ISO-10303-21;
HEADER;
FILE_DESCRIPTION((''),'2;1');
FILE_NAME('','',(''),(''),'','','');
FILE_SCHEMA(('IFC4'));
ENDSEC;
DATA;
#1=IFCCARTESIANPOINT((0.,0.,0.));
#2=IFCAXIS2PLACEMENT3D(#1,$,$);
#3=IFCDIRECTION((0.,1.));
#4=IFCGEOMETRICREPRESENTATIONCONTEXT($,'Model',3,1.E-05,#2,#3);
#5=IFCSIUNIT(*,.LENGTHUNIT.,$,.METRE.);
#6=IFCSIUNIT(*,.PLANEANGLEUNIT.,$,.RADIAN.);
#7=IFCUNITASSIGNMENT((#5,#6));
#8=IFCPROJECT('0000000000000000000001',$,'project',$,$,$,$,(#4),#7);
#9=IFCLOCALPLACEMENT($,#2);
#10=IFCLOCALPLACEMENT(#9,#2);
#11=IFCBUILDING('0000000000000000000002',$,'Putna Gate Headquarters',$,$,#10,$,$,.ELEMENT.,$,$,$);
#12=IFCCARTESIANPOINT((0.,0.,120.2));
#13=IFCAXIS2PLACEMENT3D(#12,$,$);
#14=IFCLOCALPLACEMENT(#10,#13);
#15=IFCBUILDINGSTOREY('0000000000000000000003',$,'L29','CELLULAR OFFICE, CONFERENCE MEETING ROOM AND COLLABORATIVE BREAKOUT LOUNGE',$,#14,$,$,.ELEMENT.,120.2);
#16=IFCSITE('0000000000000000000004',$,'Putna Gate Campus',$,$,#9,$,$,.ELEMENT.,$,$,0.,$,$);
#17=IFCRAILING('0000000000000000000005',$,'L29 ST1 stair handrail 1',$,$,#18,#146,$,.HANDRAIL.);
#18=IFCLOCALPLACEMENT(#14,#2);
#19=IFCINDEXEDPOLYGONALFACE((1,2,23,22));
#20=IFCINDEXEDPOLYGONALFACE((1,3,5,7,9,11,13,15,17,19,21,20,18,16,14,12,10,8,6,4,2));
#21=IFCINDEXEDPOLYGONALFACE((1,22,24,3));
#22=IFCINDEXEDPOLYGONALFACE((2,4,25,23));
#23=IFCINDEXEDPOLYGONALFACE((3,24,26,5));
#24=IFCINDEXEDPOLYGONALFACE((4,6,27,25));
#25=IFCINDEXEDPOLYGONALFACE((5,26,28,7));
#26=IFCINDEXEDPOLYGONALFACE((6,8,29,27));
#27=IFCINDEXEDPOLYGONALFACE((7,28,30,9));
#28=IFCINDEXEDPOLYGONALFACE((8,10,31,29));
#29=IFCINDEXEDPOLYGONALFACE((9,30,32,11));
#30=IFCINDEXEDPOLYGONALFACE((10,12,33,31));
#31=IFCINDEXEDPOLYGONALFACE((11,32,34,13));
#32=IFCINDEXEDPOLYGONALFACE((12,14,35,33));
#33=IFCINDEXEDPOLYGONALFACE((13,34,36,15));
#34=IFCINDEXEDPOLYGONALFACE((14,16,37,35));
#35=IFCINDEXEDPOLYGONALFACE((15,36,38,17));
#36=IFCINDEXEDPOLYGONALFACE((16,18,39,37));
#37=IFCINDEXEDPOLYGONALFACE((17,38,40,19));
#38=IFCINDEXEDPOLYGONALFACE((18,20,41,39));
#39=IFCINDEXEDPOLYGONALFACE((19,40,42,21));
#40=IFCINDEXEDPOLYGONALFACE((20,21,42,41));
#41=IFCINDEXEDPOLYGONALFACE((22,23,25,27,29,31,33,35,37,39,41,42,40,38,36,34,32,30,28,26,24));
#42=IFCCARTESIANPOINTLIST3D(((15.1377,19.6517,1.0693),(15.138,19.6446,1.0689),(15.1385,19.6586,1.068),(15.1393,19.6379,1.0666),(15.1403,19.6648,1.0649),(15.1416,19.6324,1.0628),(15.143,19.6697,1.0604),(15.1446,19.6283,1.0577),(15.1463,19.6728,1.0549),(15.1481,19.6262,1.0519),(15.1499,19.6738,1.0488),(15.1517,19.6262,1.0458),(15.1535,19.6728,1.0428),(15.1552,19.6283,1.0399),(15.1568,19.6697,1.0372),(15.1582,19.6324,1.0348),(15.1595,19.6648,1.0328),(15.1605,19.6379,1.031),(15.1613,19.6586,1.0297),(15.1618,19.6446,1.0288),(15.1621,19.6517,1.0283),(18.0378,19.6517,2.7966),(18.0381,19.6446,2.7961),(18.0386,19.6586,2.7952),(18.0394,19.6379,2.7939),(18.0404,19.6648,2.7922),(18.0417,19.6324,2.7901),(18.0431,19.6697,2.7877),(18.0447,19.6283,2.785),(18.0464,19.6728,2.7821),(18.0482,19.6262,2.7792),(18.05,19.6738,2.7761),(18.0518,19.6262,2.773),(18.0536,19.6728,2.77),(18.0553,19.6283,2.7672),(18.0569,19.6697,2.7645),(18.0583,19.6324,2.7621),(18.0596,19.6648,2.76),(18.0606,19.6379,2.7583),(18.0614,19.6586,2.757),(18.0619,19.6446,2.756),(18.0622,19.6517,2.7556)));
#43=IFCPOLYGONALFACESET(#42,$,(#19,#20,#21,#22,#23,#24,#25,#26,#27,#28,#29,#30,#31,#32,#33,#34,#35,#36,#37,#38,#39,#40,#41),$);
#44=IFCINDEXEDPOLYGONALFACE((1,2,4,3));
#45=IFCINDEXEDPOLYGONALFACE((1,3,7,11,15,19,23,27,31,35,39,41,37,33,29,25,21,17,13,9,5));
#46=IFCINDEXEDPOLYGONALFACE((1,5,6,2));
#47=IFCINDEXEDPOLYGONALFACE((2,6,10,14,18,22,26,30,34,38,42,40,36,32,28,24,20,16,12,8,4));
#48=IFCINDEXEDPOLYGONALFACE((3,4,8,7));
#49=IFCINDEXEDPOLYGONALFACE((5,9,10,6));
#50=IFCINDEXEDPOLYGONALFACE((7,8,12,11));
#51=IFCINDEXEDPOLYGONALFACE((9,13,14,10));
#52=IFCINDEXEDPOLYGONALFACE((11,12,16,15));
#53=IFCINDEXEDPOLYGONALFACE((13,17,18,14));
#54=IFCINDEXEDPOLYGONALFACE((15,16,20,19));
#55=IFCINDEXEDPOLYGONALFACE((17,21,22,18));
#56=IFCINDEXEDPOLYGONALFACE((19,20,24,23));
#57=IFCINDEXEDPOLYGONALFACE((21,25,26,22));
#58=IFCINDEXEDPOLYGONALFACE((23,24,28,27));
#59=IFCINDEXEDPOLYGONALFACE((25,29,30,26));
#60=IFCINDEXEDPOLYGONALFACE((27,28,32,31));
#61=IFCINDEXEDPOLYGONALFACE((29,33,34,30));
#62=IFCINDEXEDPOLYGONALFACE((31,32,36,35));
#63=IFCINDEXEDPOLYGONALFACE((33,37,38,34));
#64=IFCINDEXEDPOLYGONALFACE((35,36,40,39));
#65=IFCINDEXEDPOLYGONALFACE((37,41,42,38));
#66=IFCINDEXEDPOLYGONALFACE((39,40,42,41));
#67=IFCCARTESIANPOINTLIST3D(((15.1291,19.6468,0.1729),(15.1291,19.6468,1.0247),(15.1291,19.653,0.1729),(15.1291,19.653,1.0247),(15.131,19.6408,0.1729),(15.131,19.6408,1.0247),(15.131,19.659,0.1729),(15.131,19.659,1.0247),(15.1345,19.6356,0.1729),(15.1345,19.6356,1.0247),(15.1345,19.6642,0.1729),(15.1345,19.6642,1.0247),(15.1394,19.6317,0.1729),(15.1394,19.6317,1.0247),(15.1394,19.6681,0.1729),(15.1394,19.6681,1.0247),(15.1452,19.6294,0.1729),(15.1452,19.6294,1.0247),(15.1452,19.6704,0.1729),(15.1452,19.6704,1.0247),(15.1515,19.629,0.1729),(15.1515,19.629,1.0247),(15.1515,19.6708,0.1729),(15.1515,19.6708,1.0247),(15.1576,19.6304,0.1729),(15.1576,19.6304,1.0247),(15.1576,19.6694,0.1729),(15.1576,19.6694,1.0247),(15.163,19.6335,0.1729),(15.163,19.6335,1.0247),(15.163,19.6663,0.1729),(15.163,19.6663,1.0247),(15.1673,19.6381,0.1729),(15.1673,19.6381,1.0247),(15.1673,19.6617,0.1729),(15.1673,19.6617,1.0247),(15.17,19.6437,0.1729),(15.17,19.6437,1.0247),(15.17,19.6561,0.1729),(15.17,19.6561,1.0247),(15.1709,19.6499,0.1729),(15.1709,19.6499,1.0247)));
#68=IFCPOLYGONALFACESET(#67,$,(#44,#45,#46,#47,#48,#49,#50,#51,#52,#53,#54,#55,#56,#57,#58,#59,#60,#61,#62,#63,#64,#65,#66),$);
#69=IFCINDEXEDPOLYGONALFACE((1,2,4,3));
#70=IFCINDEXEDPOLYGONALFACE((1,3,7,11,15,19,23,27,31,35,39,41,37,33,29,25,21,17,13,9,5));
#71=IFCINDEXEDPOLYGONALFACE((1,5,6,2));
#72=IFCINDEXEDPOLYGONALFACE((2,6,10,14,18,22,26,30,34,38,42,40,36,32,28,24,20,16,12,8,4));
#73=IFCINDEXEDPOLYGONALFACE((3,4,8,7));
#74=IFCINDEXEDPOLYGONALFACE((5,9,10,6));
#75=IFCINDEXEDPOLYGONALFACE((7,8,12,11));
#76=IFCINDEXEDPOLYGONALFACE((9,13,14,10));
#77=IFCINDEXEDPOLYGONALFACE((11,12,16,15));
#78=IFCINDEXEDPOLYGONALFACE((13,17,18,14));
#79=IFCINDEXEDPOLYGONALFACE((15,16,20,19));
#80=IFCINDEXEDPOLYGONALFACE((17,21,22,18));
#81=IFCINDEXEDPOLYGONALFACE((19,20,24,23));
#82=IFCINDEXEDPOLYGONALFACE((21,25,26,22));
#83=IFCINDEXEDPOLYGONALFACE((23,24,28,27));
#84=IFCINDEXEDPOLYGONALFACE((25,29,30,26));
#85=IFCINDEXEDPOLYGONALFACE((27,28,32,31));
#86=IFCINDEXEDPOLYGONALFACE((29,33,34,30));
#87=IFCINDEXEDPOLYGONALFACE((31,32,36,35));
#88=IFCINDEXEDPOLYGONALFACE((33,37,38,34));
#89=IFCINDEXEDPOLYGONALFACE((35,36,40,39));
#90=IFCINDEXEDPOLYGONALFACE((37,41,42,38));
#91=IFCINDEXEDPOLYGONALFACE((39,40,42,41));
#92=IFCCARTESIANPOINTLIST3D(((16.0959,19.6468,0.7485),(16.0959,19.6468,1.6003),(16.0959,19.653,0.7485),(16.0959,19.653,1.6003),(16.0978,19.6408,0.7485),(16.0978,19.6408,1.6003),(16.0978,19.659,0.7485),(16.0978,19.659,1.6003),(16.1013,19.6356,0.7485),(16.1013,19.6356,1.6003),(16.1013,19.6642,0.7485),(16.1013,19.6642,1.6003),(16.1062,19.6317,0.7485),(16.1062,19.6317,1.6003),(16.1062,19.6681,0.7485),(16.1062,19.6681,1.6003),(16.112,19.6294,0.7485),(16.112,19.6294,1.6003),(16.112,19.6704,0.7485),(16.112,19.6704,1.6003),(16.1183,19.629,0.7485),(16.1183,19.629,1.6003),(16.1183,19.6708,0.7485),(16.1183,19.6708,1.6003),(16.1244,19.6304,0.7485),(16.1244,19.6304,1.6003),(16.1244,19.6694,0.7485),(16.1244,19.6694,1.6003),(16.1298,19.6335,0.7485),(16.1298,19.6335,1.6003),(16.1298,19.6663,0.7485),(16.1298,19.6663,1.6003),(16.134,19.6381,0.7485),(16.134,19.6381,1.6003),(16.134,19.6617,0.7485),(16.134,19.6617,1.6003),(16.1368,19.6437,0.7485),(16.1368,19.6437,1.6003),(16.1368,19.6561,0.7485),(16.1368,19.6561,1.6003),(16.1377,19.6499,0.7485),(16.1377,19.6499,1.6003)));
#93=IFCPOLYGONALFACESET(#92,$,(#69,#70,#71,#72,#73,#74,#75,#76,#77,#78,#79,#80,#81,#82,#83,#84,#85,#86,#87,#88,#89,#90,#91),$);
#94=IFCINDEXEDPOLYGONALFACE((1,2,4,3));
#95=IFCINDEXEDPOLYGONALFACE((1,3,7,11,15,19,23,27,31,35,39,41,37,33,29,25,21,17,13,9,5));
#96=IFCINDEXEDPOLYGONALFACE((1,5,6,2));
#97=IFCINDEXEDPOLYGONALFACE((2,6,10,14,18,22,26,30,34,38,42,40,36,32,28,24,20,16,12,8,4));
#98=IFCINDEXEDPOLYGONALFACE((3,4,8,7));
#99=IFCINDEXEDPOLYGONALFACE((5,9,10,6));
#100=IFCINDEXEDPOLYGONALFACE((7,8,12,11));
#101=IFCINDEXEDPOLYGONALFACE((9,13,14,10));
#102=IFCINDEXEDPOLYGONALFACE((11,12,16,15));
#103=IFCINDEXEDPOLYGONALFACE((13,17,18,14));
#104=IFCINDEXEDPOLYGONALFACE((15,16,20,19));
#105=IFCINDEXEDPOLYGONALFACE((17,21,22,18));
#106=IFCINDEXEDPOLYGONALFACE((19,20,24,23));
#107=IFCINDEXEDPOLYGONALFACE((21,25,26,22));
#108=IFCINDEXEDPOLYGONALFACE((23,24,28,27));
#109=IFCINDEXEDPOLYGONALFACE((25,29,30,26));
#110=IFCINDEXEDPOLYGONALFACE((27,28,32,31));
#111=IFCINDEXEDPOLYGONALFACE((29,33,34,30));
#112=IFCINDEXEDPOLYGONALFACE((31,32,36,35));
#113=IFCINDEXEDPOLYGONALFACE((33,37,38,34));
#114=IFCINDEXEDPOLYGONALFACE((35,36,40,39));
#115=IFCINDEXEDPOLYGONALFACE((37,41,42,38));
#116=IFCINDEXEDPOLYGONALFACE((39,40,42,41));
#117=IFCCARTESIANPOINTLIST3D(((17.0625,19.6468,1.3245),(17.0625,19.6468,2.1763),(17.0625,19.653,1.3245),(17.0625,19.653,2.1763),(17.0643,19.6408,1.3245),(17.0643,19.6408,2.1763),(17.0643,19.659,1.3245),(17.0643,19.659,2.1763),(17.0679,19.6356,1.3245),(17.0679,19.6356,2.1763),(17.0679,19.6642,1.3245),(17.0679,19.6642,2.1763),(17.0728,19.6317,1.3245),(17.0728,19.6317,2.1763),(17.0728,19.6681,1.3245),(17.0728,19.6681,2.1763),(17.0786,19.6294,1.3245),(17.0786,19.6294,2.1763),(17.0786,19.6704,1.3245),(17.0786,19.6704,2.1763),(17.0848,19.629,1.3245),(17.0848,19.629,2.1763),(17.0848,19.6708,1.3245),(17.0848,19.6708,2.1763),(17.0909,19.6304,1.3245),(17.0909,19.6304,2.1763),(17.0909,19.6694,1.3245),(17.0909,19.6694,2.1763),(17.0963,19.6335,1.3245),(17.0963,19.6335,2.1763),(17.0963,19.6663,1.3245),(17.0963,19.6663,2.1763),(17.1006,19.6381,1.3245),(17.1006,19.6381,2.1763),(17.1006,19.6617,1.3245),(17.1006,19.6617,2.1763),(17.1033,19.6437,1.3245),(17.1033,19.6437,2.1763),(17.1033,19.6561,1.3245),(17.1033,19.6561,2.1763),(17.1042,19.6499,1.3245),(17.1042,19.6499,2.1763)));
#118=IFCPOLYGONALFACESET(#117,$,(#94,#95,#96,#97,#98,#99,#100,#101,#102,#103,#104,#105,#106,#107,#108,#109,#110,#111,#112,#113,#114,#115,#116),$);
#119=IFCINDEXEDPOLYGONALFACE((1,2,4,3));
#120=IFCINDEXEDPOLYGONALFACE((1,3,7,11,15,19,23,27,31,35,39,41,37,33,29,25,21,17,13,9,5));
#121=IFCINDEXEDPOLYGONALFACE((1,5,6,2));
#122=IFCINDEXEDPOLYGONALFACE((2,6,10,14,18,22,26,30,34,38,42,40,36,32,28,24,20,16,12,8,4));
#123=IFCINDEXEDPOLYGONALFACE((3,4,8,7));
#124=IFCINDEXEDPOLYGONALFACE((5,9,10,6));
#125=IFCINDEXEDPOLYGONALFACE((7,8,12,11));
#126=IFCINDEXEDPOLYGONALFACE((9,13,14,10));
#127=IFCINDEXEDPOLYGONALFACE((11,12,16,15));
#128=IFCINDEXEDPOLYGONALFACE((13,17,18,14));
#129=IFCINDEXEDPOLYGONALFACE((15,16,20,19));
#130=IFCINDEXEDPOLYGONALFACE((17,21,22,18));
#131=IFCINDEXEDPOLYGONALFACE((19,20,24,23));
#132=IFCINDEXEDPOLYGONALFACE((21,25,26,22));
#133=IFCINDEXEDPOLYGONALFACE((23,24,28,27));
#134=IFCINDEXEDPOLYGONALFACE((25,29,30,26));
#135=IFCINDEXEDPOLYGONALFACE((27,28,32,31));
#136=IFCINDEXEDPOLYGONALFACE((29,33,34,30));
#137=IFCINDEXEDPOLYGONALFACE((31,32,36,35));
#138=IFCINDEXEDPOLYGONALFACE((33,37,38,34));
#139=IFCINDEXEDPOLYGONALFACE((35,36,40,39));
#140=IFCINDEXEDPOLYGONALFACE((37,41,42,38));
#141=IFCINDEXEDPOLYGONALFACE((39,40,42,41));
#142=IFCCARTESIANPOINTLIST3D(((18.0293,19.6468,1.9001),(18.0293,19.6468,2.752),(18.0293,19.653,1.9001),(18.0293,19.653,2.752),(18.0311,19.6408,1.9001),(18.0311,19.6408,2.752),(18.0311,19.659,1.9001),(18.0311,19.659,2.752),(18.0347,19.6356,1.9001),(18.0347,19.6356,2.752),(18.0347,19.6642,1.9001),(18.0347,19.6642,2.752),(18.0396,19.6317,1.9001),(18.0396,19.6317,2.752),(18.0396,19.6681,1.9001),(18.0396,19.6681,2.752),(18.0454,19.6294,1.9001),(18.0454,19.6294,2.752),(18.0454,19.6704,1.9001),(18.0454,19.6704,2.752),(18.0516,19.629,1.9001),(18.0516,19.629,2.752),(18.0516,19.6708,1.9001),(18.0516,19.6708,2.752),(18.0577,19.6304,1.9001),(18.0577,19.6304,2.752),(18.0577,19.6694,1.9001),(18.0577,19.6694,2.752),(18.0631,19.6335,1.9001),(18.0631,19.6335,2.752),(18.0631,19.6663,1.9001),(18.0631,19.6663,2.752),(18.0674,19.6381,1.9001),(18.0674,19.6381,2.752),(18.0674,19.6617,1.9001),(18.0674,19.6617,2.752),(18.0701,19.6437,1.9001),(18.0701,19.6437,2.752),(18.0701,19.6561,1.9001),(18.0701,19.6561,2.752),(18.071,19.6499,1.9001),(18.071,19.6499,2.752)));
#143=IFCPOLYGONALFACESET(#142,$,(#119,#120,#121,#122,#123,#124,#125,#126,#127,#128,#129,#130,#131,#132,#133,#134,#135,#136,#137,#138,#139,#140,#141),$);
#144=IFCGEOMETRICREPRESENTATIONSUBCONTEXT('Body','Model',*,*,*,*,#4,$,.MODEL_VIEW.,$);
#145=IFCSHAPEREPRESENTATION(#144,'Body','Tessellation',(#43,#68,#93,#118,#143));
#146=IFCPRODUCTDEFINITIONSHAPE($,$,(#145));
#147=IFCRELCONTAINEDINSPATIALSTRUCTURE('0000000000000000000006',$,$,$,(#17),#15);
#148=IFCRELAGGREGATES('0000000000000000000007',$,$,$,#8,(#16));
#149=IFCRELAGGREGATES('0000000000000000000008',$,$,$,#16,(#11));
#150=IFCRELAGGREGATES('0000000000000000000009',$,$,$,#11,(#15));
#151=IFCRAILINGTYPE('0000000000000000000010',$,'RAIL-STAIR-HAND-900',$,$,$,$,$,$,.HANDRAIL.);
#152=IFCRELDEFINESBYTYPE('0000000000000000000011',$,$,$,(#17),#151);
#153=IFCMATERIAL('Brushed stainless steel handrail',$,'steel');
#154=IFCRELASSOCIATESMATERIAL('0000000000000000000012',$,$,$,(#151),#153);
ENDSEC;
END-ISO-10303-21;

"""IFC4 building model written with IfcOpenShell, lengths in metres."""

from ifc_helpers import new_model, si_unit, direction, frame, origin, origin_2d, place, context, subcontext, project, spatial, circle, extrude, material, type_object, element, save


model = new_model("IFC4")

# Units and contexts
model_context = context("Model", 3, precision=1e-05, world=origin(), true_north=direction((0.0, 1.0)))
body_context = subcontext(model_context, "Body", "Model", "MODEL_VIEW")
ifc_project = project(units=[si_unit("LENGTHUNIT", "METRE"), si_unit("PLANEANGLEUNIT", "RADIAN")], contexts=[model_context])

# Site, building, storey
site_placement = place(None, origin())
site = spatial("IfcSite", under=ifc_project, at=site_placement, Name="Putna Gate Campus", CompositionType="ELEMENT", RefElevation=0.0)
building_placement = place(site_placement, origin())
building = spatial("IfcBuilding", under=site, at=building_placement, Name="Putna Gate Headquarters", CompositionType="ELEMENT")
storey_placement = place(building_placement, frame((0.0, 0.0, 120.2)))
storey = spatial("IfcBuildingStorey", under=building, at=storey_placement, Name="L29", Description="CELLULAR OFFICE, CONFERENCE MEETING ROOM AND COLLABORATIVE BREAKOUT LOUNGE", CompositionType="ELEMENT", Elevation=120.2)

# Railing
ifc_material_1 = material(Name="Brushed stainless steel handrail", Category="steel")
railing_type_1 = type_object("IfcRailingType", Name="RAIL-STAIR-HAND-900", PredefinedType="HANDRAIL", material=ifc_material_1)
railing_1_placement = place(storey_placement, frame((15.1499, 19.6499, 0.1729)))
element("IfcRailing", 1, at=railing_1_placement, inside=storey, type_object=railing_type_1, Name="L29 ST1 stair handrail 1", PredefinedType="HANDRAIL", context=body_context, shape_type="SweptSolid", body=[
    extrude(circle(Radius=0.0239, at=origin_2d()), frame((0.0, 0.0, 0.876), z_axis=(0.85916, 0.0, 0.511706), x_axis=(0.0, 1.0, 0.0)), (0.0, 0.0, 1.0), 3.3755),
    extrude(circle(Radius=0.021, at=origin_2d()), origin(), (0.0, 0.0, 1.0), 0.8518),
    extrude(circle(Radius=0.021, at=origin_2d()), frame((0.9668, 0.0, 0.5757)), (0.0, 0.0, 1.0), 0.8518),
    extrude(circle(Radius=0.021, at=origin_2d()), frame((1.9333, 0.0, 1.1516)), (0.0, 0.0, 1.0), 0.8518),
    extrude(circle(Radius=0.021, at=origin_2d()), frame((2.9001, 0.0, 1.7273)), (0.0, 0.0, 1.0), 0.8518),
])

save(model, "model.ifc")
